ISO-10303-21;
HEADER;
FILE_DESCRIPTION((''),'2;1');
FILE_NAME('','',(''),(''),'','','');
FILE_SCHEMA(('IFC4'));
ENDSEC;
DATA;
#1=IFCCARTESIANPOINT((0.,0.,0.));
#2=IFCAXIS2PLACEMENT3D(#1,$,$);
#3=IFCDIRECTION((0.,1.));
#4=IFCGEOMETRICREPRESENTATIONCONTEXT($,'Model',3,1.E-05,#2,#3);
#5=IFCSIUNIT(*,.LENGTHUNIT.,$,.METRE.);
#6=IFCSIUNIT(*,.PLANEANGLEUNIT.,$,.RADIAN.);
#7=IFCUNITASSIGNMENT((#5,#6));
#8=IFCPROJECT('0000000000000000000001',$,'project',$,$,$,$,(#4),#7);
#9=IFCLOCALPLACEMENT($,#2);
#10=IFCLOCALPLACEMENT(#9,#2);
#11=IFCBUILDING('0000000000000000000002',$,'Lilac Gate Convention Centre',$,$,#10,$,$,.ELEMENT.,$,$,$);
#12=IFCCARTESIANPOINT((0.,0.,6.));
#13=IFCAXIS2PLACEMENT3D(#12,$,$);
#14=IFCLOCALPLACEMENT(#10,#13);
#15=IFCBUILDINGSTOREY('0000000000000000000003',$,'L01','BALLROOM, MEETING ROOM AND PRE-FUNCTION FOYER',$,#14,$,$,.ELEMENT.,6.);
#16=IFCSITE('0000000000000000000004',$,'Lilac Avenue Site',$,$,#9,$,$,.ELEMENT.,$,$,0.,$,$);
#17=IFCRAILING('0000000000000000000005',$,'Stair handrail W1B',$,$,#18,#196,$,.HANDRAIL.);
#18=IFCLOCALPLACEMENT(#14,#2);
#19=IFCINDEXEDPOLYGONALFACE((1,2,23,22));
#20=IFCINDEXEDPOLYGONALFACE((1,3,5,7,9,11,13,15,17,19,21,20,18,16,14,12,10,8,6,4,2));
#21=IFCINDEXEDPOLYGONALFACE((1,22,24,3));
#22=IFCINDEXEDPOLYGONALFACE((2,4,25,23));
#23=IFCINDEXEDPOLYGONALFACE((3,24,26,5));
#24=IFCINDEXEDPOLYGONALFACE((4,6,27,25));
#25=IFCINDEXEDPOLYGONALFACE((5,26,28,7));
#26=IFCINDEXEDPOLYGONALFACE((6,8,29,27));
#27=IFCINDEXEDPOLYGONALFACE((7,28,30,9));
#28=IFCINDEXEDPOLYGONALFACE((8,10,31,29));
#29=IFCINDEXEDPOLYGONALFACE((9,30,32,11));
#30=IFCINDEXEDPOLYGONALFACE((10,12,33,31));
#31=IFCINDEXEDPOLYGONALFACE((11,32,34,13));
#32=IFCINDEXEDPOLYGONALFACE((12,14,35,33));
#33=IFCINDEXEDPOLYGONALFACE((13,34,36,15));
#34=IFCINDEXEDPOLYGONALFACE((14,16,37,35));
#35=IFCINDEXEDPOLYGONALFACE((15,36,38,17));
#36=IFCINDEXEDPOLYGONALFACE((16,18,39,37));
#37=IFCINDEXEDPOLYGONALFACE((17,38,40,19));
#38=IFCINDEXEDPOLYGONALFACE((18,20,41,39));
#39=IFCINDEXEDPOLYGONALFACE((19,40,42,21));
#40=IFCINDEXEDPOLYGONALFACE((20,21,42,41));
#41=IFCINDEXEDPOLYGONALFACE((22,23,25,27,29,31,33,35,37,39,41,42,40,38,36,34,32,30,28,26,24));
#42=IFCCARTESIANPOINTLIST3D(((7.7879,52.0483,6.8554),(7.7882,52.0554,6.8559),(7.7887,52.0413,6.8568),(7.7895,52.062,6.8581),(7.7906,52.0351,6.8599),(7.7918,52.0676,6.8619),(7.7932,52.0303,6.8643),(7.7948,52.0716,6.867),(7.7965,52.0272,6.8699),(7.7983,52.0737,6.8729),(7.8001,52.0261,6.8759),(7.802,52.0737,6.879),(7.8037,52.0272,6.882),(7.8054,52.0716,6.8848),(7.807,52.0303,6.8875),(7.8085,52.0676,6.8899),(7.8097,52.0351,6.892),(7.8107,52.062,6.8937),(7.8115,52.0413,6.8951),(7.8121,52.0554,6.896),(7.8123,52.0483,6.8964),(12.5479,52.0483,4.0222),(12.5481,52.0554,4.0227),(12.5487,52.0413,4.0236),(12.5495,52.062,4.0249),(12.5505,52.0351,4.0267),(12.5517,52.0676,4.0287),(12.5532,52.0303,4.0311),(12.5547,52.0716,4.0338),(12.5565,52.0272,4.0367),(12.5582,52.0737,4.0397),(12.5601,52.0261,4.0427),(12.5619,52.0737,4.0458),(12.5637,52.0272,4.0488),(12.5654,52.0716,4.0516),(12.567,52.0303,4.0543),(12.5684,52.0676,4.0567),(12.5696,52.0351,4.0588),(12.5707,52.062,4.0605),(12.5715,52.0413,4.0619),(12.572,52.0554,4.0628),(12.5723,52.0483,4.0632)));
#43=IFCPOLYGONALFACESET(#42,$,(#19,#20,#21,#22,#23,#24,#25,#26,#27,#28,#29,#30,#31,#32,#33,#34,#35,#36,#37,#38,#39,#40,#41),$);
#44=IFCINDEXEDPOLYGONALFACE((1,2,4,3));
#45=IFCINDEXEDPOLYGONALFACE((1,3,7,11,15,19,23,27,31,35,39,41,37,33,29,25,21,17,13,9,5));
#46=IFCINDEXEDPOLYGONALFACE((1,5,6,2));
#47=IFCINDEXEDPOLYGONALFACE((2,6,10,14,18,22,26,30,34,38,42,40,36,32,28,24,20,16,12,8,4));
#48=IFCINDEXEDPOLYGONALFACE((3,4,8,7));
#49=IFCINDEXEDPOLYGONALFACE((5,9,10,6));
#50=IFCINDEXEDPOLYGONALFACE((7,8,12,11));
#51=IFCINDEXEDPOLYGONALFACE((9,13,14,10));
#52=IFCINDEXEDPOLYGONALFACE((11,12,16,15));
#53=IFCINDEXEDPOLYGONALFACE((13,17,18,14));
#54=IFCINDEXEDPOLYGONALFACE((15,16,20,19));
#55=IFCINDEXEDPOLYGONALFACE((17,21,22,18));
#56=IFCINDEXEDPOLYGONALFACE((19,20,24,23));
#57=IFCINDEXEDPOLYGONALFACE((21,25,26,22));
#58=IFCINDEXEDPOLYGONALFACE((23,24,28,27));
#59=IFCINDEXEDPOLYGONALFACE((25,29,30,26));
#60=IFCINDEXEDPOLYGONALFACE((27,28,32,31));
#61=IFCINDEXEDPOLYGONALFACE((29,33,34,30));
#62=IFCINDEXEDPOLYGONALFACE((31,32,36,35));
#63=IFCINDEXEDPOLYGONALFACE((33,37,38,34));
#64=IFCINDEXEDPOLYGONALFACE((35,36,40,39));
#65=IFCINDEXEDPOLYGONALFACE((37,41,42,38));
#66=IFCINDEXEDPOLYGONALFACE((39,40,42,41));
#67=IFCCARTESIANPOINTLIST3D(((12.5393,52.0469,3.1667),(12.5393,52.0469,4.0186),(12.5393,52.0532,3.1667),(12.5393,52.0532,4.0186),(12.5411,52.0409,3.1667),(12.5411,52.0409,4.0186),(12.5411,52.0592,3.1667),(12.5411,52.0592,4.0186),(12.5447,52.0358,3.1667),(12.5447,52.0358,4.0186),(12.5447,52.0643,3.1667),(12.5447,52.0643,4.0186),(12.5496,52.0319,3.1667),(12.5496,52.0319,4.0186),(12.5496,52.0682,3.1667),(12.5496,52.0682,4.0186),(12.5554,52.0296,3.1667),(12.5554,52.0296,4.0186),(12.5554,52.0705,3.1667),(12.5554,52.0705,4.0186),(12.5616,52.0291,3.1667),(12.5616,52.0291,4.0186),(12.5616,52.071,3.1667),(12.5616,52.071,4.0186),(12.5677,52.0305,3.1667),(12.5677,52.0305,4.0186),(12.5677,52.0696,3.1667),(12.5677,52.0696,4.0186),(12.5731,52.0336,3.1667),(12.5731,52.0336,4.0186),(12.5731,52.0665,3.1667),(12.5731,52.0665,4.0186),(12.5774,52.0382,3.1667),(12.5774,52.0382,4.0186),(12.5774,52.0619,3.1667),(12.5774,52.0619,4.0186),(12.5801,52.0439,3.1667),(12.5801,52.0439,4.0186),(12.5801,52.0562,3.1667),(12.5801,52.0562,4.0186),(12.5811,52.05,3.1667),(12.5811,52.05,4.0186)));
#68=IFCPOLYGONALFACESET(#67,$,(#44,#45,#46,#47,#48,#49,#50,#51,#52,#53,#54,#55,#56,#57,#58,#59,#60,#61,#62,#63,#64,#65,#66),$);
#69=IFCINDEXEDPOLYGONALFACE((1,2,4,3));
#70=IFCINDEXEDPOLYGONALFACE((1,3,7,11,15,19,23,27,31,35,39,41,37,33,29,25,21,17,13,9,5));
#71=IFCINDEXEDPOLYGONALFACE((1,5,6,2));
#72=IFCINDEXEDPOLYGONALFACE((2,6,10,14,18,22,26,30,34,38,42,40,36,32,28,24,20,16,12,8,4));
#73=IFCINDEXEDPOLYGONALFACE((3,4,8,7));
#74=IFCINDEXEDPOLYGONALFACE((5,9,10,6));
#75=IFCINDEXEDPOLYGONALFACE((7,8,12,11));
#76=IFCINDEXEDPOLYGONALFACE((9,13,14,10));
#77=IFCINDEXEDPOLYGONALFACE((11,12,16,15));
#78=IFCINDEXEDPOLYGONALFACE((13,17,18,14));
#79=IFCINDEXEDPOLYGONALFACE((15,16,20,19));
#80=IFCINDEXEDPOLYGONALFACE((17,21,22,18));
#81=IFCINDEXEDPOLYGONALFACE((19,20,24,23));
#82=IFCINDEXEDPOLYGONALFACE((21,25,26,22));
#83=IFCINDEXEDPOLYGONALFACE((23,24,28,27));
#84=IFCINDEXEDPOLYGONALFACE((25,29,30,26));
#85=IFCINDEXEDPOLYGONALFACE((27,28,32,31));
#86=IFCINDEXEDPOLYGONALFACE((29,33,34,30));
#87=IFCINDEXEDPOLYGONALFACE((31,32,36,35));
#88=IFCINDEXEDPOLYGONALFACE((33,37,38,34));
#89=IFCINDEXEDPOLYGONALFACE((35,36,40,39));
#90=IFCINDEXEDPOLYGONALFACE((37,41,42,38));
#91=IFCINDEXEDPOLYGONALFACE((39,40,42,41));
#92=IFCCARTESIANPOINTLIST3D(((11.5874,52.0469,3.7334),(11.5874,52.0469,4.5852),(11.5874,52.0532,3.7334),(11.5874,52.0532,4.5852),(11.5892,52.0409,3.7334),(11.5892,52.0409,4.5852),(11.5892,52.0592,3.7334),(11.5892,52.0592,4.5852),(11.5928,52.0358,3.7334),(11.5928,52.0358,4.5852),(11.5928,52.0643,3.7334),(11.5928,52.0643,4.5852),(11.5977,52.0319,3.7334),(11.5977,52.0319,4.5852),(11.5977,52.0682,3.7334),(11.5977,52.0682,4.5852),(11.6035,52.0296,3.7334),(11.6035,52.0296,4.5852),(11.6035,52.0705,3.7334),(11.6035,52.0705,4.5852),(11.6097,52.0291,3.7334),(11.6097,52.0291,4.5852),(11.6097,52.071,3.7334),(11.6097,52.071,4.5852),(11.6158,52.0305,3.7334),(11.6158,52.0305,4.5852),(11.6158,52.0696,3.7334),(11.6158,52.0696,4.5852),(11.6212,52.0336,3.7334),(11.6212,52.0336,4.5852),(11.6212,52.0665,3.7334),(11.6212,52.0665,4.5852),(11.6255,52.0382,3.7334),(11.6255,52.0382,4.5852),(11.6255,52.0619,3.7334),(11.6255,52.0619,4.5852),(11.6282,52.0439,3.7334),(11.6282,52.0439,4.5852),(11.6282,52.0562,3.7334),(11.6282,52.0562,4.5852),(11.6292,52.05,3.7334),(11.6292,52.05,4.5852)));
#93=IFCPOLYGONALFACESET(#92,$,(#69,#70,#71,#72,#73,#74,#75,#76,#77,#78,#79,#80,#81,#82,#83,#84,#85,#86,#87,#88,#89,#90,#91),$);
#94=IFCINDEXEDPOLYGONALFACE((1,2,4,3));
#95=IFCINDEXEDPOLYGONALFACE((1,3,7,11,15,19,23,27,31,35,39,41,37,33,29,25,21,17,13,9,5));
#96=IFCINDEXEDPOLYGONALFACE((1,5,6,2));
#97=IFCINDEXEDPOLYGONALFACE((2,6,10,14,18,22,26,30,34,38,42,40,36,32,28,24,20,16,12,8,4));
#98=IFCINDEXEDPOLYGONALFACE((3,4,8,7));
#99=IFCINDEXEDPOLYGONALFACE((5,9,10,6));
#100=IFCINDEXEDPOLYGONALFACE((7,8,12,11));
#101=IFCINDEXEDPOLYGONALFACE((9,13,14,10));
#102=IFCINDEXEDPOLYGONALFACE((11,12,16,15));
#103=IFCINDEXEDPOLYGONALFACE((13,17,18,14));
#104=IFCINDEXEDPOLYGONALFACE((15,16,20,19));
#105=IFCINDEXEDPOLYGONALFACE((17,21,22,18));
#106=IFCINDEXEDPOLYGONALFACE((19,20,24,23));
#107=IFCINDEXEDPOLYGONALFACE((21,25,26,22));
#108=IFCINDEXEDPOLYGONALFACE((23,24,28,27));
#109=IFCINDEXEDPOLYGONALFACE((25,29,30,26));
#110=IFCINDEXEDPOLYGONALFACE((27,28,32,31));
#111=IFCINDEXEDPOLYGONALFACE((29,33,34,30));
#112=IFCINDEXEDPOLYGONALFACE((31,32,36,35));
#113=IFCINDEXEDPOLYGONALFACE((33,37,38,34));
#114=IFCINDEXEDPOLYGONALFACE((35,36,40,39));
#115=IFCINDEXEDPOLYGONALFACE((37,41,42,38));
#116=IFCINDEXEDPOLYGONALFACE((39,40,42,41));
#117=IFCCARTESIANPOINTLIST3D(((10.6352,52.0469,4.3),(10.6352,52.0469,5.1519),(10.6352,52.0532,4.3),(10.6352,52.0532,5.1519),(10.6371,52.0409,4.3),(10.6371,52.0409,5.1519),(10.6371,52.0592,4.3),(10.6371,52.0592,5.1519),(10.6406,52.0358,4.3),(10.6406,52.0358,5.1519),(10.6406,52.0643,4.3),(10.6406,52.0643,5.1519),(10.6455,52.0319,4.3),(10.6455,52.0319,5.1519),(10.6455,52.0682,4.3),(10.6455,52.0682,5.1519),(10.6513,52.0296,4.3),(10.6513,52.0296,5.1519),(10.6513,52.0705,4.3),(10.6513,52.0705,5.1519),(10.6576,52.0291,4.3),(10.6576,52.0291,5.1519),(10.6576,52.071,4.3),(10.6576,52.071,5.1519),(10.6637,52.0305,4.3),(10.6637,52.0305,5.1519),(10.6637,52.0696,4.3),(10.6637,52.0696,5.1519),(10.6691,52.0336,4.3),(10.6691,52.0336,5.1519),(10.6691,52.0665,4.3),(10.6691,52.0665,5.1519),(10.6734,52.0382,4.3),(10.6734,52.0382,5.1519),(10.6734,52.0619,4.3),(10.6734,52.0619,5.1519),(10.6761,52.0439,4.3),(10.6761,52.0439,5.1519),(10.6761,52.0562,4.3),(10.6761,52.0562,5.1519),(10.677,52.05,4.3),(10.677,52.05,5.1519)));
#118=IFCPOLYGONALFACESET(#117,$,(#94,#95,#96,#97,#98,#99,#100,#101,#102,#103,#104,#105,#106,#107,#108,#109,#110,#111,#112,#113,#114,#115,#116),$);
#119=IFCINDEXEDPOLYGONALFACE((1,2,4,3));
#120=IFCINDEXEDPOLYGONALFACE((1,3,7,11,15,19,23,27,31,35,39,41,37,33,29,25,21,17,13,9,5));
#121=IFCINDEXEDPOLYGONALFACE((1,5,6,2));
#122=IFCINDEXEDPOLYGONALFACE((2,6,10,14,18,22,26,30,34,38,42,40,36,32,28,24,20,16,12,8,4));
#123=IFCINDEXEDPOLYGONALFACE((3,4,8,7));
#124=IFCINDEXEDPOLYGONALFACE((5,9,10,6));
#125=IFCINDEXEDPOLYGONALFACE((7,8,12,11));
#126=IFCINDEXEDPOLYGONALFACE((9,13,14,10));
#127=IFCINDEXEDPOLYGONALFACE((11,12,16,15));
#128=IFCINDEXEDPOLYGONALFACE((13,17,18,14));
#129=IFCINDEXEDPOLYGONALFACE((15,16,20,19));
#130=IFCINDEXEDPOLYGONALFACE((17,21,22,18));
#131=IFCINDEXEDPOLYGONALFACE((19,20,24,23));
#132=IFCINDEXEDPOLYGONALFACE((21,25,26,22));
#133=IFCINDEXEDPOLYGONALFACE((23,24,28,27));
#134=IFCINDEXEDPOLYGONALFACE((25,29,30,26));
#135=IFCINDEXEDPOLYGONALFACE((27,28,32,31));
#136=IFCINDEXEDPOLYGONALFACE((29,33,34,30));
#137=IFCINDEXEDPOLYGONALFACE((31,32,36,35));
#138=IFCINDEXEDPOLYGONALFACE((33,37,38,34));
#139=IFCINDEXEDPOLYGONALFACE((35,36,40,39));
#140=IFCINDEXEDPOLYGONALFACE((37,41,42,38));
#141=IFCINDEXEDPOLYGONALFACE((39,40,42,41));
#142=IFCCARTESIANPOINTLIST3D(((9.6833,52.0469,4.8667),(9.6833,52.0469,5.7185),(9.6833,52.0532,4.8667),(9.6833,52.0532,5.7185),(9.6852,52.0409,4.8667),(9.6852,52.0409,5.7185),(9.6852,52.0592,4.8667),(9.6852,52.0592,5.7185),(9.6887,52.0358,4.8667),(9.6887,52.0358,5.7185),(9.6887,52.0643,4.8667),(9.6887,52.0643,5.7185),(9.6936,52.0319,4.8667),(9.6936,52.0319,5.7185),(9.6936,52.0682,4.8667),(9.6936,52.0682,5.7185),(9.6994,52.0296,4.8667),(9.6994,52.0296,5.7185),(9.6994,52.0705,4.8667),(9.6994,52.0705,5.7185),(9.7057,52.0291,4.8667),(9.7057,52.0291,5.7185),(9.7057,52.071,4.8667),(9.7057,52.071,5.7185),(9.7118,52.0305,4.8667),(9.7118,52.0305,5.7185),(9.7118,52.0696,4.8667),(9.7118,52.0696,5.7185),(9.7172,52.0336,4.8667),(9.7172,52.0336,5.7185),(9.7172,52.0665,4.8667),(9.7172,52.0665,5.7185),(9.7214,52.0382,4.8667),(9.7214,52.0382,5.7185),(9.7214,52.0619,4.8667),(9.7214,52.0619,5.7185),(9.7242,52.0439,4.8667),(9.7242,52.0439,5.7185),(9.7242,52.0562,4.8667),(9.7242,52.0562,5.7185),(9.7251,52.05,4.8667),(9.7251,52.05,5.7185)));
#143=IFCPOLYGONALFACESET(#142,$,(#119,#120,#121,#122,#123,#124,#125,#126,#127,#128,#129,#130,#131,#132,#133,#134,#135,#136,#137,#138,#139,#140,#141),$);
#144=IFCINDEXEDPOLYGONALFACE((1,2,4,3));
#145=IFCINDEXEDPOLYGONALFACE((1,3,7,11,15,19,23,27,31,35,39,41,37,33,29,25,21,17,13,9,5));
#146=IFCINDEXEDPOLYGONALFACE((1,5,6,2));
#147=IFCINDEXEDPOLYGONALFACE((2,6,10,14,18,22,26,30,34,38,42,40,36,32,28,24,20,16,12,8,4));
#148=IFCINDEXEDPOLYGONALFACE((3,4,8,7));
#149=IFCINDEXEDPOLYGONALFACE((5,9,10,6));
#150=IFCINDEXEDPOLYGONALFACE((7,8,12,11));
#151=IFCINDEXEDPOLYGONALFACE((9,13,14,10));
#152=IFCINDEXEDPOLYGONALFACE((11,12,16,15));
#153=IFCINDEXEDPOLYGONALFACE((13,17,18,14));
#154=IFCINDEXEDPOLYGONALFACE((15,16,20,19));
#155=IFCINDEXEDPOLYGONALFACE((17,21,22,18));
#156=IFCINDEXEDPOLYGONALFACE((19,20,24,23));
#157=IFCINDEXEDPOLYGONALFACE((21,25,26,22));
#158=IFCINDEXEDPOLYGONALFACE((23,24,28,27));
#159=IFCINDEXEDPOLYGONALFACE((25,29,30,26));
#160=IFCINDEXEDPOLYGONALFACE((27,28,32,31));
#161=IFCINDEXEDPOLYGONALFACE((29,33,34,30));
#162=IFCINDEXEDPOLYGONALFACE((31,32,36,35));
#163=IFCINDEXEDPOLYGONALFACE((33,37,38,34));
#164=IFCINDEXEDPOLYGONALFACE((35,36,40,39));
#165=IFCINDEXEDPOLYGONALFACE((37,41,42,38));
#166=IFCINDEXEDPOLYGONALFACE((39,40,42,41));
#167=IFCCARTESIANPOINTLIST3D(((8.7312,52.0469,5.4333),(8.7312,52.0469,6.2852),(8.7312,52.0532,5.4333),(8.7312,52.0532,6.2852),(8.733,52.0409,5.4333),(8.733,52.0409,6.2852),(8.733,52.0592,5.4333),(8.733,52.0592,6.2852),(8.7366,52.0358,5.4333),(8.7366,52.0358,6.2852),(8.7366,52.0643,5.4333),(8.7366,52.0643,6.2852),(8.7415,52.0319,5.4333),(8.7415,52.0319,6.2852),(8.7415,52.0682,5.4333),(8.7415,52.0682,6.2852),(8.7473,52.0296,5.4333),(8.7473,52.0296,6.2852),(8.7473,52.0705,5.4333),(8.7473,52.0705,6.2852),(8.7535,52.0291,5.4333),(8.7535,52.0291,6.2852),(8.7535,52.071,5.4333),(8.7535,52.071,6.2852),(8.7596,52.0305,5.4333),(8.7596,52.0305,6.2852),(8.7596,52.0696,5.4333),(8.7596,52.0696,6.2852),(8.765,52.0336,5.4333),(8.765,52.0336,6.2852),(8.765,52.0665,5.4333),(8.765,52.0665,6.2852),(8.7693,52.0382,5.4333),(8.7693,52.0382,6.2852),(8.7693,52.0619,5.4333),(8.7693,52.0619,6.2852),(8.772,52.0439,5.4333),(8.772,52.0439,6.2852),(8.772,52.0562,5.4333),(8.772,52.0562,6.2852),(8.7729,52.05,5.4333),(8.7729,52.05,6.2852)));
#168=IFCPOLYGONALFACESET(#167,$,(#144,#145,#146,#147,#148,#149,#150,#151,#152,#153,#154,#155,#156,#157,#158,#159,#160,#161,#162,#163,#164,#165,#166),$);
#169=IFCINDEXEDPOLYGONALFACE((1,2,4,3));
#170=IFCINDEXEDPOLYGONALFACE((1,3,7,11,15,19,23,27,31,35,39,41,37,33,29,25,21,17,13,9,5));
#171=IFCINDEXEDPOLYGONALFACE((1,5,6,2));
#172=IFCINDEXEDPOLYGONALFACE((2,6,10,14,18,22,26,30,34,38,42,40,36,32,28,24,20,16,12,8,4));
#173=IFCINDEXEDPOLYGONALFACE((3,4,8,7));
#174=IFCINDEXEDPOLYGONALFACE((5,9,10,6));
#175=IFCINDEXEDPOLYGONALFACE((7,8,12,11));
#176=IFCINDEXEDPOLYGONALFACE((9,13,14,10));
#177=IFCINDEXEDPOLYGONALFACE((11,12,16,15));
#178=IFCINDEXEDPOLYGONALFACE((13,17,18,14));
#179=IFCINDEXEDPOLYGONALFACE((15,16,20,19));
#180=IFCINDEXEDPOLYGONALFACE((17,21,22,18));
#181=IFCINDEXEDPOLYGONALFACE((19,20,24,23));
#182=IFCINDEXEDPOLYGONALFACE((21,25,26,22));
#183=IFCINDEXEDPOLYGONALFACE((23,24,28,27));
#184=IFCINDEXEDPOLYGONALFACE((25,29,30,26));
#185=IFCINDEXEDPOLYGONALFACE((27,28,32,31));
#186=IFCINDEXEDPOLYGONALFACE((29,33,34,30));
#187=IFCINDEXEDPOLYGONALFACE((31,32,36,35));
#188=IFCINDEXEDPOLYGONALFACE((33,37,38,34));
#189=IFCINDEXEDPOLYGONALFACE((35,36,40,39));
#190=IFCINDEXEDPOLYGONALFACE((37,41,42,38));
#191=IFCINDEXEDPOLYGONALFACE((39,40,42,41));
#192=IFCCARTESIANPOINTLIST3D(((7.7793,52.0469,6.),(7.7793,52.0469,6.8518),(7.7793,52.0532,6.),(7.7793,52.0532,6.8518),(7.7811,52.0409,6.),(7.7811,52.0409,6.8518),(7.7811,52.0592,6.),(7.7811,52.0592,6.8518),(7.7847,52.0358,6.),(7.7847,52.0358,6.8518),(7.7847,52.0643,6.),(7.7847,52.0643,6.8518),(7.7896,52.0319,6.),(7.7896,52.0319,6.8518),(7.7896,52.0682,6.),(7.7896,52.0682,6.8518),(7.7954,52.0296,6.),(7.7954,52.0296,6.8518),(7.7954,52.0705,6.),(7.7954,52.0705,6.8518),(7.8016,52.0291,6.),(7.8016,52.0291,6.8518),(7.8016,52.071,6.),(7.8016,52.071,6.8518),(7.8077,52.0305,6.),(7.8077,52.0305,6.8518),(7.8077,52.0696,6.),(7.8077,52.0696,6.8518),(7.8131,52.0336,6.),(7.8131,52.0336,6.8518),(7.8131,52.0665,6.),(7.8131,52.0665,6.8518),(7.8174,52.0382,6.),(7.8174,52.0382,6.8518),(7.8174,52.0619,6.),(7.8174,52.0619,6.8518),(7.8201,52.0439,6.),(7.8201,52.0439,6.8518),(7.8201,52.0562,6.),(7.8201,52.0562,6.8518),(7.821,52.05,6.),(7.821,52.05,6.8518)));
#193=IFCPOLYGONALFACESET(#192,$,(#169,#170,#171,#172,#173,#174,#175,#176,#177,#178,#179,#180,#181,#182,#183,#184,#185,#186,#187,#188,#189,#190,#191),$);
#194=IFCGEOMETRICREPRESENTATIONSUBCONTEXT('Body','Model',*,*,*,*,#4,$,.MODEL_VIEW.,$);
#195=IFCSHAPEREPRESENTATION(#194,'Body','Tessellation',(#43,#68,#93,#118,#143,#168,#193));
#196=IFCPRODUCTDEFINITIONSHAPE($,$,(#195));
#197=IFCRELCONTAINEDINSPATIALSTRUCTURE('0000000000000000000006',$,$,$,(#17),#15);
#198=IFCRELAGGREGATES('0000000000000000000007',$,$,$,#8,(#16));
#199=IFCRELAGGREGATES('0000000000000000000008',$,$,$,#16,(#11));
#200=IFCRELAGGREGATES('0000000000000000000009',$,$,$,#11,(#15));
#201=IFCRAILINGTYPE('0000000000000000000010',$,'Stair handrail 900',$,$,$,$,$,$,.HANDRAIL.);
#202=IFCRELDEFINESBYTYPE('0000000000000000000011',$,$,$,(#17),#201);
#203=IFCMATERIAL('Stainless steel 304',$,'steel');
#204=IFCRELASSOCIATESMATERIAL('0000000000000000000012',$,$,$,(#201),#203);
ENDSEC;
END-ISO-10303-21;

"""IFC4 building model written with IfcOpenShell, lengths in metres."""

from ifc_helpers import new_model, si_unit, direction, frame, origin, origin_2d, place, context, subcontext, project, spatial, circle, extrude, material, type_object, element, save


model = new_model("IFC4")

# Units and contexts
model_context = context("Model", 3, precision=1e-05, world=origin(), true_north=direction((0.0, 1.0)))
body_context = subcontext(model_context, "Body", "Model", "MODEL_VIEW")
ifc_project = project(units=[si_unit("LENGTHUNIT", "METRE"), si_unit("PLANEANGLEUNIT", "RADIAN")], contexts=[model_context])

# Site, building, storey
site_placement = place(None, origin())
site = spatial("IfcSite", under=ifc_project, at=site_placement, Name="Lilac Avenue Site", CompositionType="ELEMENT", RefElevation=0.0)
building_placement = place(site_placement, origin())
building = spatial("IfcBuilding", under=site, at=building_placement, Name="Lilac Gate Convention Centre", CompositionType="ELEMENT")
storey_placement = place(building_placement, frame((0.0, 0.0, 6.0)))
storey = spatial("IfcBuildingStorey", under=building, at=storey_placement, Name="L01", Description="BALLROOM, MEETING ROOM AND PRE-FUNCTION FOYER", CompositionType="ELEMENT", Elevation=6.0)

# Railing
ifc_material_1 = material(Name="Stainless steel 304", Category="steel")
railing_type_1 = type_object("IfcRailingType", Name="Stair handrail 900", PredefinedType="HANDRAIL", material=ifc_material_1)
for number, where, name in (
    (1, (12.5601, 52.05, 3.1667), "Stair handrail W1B"),
):
    element("IfcRailing", number, at=place(storey_placement, frame(where)), inside=storey, type_object=railing_type_1, Name=name, PredefinedType="HANDRAIL", context=body_context, shape_type="SweptSolid", body=[
        extrude(circle(Radius=0.0239, at=origin_2d()), frame((0.0, 0.0, 0.876), z_axis=(-0.8593, 0.0, 0.511472), x_axis=(0.0, -1.0, 0.0)), (0.0, 0.0, 1.0), 5.5393),
        extrude(circle(Radius=0.021, at=origin_2d()), origin(), (0.0, 0.0, 1.0), 0.8518),
        extrude(circle(Radius=0.021, at=origin_2d()), frame((-0.9519, 0.0, 0.5667)), (0.0, 0.0, 1.0), 0.8518),
        extrude(circle(Radius=0.021, at=origin_2d()), frame((-1.9041, 0.0, 1.1333)), (0.0, 0.0, 1.0), 0.8518),
        extrude(circle(Radius=0.021, at=origin_2d()), frame((-2.856, 0.0, 1.7)), (0.0, 0.0, 1.0), 0.8518),
        extrude(circle(Radius=0.021, at=origin_2d()), frame((-3.8081, 0.0, 2.2666)), (0.0, 0.0, 1.0), 0.8518),
        extrude(circle(Radius=0.021, at=origin_2d()), frame((-4.76, 0.0, 2.8333)), (0.0, 0.0, 1.0), 0.8518),
    ])

save(model, "model.ifc")
